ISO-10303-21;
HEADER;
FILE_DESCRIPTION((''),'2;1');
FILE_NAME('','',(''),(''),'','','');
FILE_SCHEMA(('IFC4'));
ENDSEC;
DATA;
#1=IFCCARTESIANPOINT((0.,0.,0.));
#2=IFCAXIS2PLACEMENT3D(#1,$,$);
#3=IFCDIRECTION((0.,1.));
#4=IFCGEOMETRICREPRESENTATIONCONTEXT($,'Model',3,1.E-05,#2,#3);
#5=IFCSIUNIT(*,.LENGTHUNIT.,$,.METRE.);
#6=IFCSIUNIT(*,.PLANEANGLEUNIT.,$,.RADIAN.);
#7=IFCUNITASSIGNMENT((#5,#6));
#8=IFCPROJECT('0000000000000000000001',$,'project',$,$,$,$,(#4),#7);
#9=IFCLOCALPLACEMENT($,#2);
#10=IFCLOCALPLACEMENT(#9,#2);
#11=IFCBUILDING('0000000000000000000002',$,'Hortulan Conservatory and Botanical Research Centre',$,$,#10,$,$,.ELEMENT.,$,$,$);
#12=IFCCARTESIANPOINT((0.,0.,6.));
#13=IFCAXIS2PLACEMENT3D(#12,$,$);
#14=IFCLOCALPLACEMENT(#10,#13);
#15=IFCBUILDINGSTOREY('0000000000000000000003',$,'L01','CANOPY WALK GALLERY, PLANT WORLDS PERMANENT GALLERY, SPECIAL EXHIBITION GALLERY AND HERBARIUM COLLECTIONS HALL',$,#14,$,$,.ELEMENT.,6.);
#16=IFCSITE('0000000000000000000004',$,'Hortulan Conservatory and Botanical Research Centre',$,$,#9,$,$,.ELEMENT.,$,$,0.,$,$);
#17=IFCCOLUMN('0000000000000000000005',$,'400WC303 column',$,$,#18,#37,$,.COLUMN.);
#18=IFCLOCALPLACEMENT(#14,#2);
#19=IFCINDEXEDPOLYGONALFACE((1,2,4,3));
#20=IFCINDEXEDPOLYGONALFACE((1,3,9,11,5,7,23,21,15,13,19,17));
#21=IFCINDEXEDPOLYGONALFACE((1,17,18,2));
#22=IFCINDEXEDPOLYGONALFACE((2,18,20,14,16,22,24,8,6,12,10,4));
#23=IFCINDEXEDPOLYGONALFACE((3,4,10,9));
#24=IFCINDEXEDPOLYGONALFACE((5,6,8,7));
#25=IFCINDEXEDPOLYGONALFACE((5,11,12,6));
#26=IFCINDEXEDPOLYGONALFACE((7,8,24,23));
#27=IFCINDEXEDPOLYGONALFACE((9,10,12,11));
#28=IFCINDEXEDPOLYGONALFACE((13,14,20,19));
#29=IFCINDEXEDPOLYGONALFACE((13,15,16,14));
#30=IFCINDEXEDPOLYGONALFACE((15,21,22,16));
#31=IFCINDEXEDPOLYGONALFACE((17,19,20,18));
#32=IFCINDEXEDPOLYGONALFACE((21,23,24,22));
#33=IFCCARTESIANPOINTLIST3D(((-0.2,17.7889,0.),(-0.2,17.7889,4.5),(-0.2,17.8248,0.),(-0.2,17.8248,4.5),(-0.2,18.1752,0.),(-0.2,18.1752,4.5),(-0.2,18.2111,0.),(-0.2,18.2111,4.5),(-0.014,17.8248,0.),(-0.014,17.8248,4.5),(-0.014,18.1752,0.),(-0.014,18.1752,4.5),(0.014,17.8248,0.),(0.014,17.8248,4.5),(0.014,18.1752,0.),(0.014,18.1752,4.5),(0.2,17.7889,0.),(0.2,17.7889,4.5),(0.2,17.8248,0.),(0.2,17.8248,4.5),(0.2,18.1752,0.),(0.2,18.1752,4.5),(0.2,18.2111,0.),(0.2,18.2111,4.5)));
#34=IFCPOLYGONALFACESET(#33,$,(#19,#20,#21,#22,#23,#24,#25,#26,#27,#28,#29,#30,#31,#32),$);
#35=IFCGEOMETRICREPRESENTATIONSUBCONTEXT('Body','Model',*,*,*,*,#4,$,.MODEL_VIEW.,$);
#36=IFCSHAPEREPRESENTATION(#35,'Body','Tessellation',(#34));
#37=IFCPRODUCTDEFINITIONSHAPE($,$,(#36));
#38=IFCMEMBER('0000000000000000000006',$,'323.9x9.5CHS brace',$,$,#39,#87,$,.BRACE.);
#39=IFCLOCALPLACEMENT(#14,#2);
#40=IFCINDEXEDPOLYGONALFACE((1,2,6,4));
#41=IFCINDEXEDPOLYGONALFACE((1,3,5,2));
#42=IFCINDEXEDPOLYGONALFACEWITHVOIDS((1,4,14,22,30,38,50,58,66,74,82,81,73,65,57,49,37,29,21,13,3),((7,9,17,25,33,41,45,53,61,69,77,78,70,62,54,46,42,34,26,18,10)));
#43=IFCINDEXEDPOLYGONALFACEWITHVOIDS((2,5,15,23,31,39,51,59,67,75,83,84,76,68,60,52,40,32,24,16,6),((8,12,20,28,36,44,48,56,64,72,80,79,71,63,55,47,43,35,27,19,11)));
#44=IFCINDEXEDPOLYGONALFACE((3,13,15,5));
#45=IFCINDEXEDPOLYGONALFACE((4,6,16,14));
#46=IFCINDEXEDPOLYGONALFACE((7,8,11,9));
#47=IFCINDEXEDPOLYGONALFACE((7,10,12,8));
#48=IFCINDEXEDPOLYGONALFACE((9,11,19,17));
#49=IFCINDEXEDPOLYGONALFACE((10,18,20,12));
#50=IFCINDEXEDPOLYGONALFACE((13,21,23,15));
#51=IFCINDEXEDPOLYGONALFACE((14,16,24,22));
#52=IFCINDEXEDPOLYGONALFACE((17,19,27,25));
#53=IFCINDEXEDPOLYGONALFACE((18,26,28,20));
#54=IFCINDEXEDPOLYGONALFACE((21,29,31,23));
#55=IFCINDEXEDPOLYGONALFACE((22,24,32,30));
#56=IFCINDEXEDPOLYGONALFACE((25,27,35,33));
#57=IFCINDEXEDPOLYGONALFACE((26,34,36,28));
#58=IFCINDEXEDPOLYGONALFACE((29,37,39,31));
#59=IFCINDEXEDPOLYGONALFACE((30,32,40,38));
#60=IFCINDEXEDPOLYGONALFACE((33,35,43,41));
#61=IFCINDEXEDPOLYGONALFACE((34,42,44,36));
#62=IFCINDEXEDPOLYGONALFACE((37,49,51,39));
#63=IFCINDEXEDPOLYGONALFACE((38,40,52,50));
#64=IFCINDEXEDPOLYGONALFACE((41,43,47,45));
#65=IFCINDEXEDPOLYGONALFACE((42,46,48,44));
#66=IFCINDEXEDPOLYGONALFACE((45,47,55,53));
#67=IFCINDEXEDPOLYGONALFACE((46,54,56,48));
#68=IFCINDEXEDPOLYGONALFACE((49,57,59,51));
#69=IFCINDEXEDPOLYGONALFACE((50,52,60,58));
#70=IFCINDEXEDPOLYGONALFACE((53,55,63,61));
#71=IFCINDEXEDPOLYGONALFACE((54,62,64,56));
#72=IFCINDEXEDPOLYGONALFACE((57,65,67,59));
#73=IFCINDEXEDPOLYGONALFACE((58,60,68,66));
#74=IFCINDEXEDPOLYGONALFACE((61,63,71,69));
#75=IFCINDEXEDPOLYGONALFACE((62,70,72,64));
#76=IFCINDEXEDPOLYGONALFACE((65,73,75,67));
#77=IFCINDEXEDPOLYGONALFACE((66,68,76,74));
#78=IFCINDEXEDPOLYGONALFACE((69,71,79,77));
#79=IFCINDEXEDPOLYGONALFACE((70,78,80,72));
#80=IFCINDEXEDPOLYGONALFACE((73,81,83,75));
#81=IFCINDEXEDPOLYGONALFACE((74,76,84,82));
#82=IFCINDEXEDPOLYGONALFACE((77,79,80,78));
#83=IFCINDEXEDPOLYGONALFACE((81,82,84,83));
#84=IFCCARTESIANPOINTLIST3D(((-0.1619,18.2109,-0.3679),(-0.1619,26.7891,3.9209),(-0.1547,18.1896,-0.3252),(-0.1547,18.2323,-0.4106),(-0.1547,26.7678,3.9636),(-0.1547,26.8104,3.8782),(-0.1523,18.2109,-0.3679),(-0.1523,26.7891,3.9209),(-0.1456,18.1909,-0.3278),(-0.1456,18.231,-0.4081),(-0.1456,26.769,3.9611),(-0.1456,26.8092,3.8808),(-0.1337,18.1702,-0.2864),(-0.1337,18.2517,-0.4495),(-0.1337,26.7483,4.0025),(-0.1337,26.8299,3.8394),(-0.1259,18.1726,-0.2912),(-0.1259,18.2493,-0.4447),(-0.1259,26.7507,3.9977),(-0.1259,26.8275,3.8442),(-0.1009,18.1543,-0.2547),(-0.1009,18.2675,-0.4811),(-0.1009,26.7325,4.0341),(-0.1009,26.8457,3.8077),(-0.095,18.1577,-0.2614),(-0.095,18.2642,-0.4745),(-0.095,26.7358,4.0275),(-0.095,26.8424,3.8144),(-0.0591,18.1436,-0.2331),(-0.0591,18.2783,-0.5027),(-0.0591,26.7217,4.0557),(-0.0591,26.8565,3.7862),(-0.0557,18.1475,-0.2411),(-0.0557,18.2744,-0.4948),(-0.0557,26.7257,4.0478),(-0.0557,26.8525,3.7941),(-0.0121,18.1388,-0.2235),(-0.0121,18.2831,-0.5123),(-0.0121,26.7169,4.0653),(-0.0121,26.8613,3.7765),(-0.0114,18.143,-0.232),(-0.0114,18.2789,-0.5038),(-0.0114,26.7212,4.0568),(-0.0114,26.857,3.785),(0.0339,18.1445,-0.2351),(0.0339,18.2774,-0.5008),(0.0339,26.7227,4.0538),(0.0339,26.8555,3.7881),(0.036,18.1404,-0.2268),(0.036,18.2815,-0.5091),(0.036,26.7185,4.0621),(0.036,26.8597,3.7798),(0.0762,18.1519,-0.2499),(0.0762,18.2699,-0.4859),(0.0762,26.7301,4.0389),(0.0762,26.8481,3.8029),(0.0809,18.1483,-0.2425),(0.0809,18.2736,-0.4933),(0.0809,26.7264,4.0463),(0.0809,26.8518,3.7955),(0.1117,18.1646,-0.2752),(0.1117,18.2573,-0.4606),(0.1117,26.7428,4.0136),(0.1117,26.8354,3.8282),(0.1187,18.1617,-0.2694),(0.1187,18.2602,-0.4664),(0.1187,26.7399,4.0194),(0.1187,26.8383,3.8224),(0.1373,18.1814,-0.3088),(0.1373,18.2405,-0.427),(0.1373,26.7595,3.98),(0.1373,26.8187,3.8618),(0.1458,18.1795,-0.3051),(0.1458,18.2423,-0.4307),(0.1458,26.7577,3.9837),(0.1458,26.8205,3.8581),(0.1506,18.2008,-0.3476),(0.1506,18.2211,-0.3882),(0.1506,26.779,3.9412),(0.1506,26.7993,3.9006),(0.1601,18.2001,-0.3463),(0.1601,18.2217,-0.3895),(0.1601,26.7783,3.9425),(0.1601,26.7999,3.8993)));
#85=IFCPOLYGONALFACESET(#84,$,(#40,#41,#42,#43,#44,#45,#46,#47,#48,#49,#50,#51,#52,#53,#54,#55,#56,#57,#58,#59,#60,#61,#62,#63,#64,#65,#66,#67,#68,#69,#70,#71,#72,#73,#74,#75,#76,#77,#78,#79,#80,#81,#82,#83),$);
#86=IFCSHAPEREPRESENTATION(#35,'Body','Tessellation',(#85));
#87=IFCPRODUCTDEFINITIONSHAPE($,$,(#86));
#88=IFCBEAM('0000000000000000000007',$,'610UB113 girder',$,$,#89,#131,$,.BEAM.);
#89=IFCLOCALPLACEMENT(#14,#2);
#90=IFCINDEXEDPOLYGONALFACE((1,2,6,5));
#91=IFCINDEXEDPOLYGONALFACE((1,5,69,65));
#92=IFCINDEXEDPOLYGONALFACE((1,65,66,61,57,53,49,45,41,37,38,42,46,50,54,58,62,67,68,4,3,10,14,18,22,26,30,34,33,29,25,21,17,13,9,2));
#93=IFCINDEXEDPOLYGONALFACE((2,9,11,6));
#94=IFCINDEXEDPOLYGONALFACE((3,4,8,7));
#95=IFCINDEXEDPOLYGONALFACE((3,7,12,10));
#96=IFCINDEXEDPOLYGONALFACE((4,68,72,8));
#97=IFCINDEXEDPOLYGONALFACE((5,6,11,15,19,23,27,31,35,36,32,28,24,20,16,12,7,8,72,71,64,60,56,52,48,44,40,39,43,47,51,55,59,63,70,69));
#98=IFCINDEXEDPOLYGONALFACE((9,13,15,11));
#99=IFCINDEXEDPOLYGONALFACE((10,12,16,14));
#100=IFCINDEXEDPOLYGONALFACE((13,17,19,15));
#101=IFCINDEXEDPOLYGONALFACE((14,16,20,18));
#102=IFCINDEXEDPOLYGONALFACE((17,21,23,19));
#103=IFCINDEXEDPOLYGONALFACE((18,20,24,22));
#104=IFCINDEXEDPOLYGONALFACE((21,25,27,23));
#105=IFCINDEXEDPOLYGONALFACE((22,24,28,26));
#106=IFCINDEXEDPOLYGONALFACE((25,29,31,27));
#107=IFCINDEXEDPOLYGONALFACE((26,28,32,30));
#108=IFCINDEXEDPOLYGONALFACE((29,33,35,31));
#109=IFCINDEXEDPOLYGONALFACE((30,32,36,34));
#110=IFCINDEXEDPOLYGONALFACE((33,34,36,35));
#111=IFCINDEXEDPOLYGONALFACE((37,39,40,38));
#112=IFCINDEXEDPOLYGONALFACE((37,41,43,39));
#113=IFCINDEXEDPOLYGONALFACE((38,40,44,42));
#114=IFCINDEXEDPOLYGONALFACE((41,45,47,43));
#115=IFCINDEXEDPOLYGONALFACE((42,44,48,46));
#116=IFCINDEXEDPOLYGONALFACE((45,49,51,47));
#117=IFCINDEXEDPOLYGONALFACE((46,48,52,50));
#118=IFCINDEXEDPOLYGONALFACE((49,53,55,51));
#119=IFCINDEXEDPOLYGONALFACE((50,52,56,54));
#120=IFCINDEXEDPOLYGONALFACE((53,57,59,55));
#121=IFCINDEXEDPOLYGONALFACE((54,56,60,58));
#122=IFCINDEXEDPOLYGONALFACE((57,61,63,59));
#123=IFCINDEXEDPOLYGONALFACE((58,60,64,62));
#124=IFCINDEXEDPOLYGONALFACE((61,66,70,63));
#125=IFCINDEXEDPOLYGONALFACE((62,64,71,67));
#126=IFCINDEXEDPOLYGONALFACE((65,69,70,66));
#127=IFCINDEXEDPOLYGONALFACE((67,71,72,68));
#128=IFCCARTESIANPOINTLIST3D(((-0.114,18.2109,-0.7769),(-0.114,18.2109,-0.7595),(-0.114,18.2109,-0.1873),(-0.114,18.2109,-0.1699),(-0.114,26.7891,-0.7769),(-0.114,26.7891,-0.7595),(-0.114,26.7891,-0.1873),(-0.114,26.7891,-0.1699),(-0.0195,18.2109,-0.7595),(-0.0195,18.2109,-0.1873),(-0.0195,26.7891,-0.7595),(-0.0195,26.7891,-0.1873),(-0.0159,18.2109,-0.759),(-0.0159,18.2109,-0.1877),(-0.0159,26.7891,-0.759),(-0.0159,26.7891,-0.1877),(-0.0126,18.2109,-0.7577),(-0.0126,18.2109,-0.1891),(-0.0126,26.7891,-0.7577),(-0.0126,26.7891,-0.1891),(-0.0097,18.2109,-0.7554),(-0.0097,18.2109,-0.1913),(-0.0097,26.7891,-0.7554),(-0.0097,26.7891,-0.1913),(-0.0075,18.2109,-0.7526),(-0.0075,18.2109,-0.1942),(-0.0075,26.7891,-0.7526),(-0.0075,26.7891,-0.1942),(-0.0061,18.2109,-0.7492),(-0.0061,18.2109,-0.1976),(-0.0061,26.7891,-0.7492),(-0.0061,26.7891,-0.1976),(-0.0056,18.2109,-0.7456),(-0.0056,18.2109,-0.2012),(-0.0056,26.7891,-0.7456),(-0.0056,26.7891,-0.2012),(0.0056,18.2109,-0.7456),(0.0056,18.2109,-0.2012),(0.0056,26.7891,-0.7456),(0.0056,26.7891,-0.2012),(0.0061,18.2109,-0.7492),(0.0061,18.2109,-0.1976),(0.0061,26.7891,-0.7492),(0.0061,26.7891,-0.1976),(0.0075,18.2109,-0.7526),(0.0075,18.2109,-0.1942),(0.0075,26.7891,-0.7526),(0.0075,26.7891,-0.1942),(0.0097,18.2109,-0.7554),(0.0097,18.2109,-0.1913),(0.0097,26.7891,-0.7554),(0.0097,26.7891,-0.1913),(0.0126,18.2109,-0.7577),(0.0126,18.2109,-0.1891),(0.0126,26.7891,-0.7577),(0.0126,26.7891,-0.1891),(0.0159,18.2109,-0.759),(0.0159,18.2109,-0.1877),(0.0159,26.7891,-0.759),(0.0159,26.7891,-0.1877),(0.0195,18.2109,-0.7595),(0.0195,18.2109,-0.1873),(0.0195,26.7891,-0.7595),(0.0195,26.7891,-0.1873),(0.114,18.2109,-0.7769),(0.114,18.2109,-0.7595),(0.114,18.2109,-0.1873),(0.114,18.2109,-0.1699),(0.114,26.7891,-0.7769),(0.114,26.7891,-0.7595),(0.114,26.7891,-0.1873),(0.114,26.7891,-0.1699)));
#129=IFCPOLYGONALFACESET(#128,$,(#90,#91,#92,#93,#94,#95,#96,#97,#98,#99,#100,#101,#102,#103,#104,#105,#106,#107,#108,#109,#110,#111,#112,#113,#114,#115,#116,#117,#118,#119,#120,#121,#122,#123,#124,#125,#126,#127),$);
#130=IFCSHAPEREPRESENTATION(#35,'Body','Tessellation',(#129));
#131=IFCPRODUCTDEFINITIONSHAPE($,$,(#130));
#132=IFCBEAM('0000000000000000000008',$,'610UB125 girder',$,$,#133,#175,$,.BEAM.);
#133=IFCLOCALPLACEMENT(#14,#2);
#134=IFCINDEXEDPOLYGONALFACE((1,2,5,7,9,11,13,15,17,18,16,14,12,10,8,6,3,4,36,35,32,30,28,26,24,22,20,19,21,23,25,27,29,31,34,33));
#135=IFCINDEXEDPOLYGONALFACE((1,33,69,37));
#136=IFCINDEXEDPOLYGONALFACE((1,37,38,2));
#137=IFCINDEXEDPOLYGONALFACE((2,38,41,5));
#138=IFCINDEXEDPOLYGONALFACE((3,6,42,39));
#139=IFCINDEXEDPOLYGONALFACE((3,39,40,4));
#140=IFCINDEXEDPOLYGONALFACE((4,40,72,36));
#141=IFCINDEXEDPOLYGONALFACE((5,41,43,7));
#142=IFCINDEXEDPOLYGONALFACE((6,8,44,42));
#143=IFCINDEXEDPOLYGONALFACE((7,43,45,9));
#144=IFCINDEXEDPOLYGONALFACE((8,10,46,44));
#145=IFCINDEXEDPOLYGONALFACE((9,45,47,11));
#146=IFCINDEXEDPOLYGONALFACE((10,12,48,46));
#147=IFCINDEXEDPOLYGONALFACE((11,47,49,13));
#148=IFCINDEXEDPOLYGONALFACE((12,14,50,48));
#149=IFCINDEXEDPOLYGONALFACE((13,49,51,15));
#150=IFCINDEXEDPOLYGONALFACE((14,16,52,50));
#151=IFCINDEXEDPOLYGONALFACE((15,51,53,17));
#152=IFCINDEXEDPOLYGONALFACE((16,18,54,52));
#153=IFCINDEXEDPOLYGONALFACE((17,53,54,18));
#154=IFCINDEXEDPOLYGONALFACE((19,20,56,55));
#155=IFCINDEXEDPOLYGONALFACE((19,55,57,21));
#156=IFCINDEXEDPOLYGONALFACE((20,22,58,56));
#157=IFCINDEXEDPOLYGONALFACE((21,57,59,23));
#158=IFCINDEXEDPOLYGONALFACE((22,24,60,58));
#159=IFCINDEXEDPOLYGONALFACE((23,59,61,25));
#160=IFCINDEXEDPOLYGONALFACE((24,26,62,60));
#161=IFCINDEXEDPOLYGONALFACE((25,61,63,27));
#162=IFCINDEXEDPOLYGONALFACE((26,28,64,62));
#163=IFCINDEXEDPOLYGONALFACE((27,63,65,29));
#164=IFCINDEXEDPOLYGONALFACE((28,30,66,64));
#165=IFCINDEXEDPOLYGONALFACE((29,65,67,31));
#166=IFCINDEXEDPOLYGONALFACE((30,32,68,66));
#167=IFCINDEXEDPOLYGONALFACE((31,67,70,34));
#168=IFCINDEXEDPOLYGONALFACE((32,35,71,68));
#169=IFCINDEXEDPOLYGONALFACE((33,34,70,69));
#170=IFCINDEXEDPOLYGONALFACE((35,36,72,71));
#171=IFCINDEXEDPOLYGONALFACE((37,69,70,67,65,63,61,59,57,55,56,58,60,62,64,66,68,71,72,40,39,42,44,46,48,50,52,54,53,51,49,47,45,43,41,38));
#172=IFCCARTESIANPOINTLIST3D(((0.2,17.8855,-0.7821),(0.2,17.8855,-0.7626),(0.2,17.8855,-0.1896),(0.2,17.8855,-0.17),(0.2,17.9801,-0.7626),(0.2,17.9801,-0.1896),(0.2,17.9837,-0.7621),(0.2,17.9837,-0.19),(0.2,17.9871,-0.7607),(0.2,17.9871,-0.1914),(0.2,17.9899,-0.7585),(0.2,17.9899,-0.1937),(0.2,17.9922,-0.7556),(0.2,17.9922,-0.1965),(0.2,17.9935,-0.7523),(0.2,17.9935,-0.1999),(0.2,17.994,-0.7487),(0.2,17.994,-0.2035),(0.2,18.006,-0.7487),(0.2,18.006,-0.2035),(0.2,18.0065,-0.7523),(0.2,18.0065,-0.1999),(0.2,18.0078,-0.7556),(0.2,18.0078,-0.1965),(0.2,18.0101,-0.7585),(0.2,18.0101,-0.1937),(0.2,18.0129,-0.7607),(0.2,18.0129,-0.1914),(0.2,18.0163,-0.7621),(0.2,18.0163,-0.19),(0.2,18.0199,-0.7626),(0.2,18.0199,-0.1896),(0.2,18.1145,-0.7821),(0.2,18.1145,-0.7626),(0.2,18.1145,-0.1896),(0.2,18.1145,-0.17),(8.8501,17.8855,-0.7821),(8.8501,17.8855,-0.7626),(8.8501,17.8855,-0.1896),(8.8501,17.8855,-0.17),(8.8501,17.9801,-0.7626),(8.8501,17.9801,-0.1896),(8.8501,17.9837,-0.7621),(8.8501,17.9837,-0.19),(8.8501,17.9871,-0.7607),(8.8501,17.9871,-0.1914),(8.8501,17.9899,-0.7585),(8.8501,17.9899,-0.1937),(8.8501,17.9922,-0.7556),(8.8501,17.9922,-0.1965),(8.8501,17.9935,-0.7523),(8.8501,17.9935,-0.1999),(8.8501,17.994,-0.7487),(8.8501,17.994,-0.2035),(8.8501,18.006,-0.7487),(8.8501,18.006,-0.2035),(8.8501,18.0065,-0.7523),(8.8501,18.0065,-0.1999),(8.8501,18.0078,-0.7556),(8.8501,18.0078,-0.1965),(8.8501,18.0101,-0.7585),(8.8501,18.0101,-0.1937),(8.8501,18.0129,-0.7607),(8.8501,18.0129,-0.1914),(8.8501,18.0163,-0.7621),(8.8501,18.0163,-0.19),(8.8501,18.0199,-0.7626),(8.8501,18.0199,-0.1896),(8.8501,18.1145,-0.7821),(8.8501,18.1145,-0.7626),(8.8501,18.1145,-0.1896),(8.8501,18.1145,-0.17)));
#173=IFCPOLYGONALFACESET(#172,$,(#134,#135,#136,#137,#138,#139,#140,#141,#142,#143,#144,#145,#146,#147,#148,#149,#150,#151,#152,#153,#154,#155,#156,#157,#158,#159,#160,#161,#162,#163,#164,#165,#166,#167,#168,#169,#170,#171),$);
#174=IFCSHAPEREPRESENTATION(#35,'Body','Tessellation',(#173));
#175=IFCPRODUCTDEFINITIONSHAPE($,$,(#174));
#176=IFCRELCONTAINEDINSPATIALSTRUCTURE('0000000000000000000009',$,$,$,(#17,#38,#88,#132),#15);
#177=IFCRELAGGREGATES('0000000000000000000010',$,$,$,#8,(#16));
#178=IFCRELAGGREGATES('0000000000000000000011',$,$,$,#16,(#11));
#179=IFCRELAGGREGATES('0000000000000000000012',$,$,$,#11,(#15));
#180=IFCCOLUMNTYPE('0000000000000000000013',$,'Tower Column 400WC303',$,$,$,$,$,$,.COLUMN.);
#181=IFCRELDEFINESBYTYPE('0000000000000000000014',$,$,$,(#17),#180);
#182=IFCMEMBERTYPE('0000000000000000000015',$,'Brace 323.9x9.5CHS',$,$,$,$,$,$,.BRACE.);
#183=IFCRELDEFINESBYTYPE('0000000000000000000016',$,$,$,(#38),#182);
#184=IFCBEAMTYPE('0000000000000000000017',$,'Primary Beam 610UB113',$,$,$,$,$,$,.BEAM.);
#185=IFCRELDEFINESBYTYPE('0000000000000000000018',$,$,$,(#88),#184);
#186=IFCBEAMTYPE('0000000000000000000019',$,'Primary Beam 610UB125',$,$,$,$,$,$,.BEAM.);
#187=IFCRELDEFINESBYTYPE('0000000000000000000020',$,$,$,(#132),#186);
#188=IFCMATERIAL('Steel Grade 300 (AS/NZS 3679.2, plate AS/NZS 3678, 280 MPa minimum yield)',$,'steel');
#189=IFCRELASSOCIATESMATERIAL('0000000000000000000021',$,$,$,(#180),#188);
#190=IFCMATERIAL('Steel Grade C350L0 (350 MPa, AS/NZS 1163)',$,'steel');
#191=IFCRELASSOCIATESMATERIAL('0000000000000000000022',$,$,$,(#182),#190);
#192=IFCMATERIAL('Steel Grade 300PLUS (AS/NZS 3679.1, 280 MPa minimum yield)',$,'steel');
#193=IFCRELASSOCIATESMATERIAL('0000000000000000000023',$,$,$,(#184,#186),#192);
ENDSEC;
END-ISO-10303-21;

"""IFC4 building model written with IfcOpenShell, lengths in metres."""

from ifc_helpers import new_model, si_unit, direction, frame, origin, origin_2d, place, context, subcontext, project, spatial, hollow_circle, i_section, extrude, material, material_profile, profile_set, type_object, element, save


model = new_model("IFC4")

# Units and contexts
model_context = context("Model", 3, precision=1e-05, world=origin(), true_north=direction((0.0, 1.0)))
body_context = subcontext(model_context, "Body", "Model", "MODEL_VIEW")
ifc_project = project(units=[si_unit("LENGTHUNIT", "METRE"), si_unit("PLANEANGLEUNIT", "RADIAN")], contexts=[model_context])

# Site, building, storey
site_placement = place(None, origin())
site = spatial("IfcSite", under=ifc_project, at=site_placement, Name="Hortulan Conservatory and Botanical Research Centre", CompositionType="ELEMENT", RefElevation=0.0)
building_placement = place(site_placement, origin())
building = spatial("IfcBuilding", under=site, at=building_placement, Name="Hortulan Conservatory and Botanical Research Centre", CompositionType="ELEMENT")
storey_placement = place(building_placement, frame((0.0, 0.0, 6.0)))
storey = spatial("IfcBuildingStorey", under=building, at=storey_placement, Name="L01", Description="CANOPY WALK GALLERY, PLANT WORLDS PERMANENT GALLERY, SPECIAL EXHIBITION GALLERY AND HERBARIUM COLLECTIONS HALL", CompositionType="ELEMENT", Elevation=6.0)

# Column
ifc_material_1 = material(Name="Steel Grade 300 (AS/NZS 3679.2, plate AS/NZS 3678, 280 MPa minimum yield)", Category="steel")
ifc_material_profile_1 = material_profile(ifc_material_1, i_section(OverallWidth=0.3999, OverallDepth=0.4221, WebThickness=0.0281, FlangeThickness=0.0359, at=origin_2d()), Name="400WC303")
ifc_profile_set_1 = profile_set([ifc_material_profile_1], Name="Steel Grade 300 (AS/NZS 3679.2, plate AS/NZS 3678, 280 MPa minimum yield)")
column_type = type_object("IfcColumnType", Name="Tower Column 400WC303", PredefinedType="COLUMN", material=ifc_profile_set_1)
column_placement = place(storey_placement, frame((0.0, 18.0, 0.0), z_axis=(0.0, 0.0, 1.0), x_axis=(1.0, 0.0, 0.0)))
element("IfcColumn", 1, at=column_placement, inside=storey, type_object=column_type, Name="400WC303 column", PredefinedType="COLUMN", context=body_context, shape_type="SweptSolid", body=[
    extrude(i_section(OverallWidth=0.3999, OverallDepth=0.4221, WebThickness=0.0281, FlangeThickness=0.0359, at=origin_2d()), origin(), (0.0, 0.0, 1.0), 4.5),
])

# Member
ifc_material_2 = material(Name="Steel Grade C350L0 (350 MPa, AS/NZS 1163)", Category="steel")
ifc_material_profile_2 = material_profile(ifc_material_2, hollow_circle(Radius=0.1619, WallThickness=0.0095, at=origin_2d()), Name="323.9x9.5CHS")
ifc_profile_set_2 = profile_set([ifc_material_profile_2], Name="Steel Grade C350L0 (350 MPa, AS/NZS 1163)")
member_type = type_object("IfcMemberType", Name="Brace 323.9x9.5CHS", PredefinedType="BRACE", material=ifc_profile_set_2)
member_placement = place(storey_placement, frame((0.0, 18.2109, -0.3679), z_axis=(0.0, 0.894437, 0.447193), x_axis=(-1.0, 0.0, 0.0)))
element("IfcMember", 2, at=member_placement, inside=storey, type_object=member_type, Name="323.9x9.5CHS brace", PredefinedType="BRACE", context=body_context, shape_type="SweptSolid", body=[
    extrude(hollow_circle(Radius=0.1619, WallThickness=0.0095, at=origin_2d()), origin(), (0.0, 0.0, 1.0), 9.5906),
])

# Beams
ifc_material_3 = material(Name="Steel Grade 300PLUS (AS/NZS 3679.1, 280 MPa minimum yield)", Category="steel")
ifc_material_profile_3 = material_profile(ifc_material_3, i_section(OverallWidth=0.228, OverallDepth=0.6069, WebThickness=0.0112, FlangeThickness=0.0173, FilletRadius=0.0139, at=origin_2d()), Name="610UB113")
ifc_profile_set_3 = profile_set([ifc_material_profile_3], Name="Steel Grade 300PLUS (AS/NZS 3679.1, 280 MPa minimum yield)")
beam_type_1 = type_object("IfcBeamType", Name="Primary Beam 610UB113", PredefinedType="BEAM", material=ifc_profile_set_3)
beam_placement = place(storey_placement, frame((0.0, 18.2109, -0.4734), z_axis=(0.0, 1.0, 0.0), x_axis=(-1.0, 0.0, 0.0)))
element("IfcBeam", 3, at=beam_placement, inside=storey, type_object=beam_type_1, Name="610UB113 girder", PredefinedType="BEAM", context=body_context, shape_type="SweptSolid", body=[
    extrude(i_section(OverallWidth=0.228, OverallDepth=0.6069, WebThickness=0.0112, FlangeThickness=0.0173, FilletRadius=0.0139, at=origin_2d()), origin(), (0.0, 0.0, 1.0), 8.5781),
])
ifc_material_profile_4 = material_profile(ifc_material_3, i_section(OverallWidth=0.229, OverallDepth=0.6121, WebThickness=0.012, FlangeThickness=0.0195, FilletRadius=0.0139, at=origin_2d()), Name="610UB125")
ifc_profile_set_4 = profile_set([ifc_material_profile_4], Name="Steel Grade 300PLUS (AS/NZS 3679.1, 280 MPa minimum yield)")
beam_type_2 = type_object("IfcBeamType", Name="Primary Beam 610UB125", PredefinedType="BEAM", material=ifc_profile_set_4)
for number, where, z_axis, x_axis, name in (
    (4, (0.2, 18.0, -0.4761), (1.0, 0.0, 0.0), (0.0, 1.0, 0.0), "610UB125 girder"),
):
    element("IfcBeam", number, at=place(storey_placement, frame(where, z_axis=z_axis, x_axis=x_axis)), inside=storey, type_object=beam_type_2, Name=name, PredefinedType="BEAM", context=body_context, shape_type="SweptSolid", body=[
        extrude(i_section(OverallWidth=0.229, OverallDepth=0.6121, WebThickness=0.012, FlangeThickness=0.0195, FilletRadius=0.0139, at=origin_2d()), origin(), (0.0, 0.0, 1.0), 8.6501),
    ])

save(model, "model.ifc")
